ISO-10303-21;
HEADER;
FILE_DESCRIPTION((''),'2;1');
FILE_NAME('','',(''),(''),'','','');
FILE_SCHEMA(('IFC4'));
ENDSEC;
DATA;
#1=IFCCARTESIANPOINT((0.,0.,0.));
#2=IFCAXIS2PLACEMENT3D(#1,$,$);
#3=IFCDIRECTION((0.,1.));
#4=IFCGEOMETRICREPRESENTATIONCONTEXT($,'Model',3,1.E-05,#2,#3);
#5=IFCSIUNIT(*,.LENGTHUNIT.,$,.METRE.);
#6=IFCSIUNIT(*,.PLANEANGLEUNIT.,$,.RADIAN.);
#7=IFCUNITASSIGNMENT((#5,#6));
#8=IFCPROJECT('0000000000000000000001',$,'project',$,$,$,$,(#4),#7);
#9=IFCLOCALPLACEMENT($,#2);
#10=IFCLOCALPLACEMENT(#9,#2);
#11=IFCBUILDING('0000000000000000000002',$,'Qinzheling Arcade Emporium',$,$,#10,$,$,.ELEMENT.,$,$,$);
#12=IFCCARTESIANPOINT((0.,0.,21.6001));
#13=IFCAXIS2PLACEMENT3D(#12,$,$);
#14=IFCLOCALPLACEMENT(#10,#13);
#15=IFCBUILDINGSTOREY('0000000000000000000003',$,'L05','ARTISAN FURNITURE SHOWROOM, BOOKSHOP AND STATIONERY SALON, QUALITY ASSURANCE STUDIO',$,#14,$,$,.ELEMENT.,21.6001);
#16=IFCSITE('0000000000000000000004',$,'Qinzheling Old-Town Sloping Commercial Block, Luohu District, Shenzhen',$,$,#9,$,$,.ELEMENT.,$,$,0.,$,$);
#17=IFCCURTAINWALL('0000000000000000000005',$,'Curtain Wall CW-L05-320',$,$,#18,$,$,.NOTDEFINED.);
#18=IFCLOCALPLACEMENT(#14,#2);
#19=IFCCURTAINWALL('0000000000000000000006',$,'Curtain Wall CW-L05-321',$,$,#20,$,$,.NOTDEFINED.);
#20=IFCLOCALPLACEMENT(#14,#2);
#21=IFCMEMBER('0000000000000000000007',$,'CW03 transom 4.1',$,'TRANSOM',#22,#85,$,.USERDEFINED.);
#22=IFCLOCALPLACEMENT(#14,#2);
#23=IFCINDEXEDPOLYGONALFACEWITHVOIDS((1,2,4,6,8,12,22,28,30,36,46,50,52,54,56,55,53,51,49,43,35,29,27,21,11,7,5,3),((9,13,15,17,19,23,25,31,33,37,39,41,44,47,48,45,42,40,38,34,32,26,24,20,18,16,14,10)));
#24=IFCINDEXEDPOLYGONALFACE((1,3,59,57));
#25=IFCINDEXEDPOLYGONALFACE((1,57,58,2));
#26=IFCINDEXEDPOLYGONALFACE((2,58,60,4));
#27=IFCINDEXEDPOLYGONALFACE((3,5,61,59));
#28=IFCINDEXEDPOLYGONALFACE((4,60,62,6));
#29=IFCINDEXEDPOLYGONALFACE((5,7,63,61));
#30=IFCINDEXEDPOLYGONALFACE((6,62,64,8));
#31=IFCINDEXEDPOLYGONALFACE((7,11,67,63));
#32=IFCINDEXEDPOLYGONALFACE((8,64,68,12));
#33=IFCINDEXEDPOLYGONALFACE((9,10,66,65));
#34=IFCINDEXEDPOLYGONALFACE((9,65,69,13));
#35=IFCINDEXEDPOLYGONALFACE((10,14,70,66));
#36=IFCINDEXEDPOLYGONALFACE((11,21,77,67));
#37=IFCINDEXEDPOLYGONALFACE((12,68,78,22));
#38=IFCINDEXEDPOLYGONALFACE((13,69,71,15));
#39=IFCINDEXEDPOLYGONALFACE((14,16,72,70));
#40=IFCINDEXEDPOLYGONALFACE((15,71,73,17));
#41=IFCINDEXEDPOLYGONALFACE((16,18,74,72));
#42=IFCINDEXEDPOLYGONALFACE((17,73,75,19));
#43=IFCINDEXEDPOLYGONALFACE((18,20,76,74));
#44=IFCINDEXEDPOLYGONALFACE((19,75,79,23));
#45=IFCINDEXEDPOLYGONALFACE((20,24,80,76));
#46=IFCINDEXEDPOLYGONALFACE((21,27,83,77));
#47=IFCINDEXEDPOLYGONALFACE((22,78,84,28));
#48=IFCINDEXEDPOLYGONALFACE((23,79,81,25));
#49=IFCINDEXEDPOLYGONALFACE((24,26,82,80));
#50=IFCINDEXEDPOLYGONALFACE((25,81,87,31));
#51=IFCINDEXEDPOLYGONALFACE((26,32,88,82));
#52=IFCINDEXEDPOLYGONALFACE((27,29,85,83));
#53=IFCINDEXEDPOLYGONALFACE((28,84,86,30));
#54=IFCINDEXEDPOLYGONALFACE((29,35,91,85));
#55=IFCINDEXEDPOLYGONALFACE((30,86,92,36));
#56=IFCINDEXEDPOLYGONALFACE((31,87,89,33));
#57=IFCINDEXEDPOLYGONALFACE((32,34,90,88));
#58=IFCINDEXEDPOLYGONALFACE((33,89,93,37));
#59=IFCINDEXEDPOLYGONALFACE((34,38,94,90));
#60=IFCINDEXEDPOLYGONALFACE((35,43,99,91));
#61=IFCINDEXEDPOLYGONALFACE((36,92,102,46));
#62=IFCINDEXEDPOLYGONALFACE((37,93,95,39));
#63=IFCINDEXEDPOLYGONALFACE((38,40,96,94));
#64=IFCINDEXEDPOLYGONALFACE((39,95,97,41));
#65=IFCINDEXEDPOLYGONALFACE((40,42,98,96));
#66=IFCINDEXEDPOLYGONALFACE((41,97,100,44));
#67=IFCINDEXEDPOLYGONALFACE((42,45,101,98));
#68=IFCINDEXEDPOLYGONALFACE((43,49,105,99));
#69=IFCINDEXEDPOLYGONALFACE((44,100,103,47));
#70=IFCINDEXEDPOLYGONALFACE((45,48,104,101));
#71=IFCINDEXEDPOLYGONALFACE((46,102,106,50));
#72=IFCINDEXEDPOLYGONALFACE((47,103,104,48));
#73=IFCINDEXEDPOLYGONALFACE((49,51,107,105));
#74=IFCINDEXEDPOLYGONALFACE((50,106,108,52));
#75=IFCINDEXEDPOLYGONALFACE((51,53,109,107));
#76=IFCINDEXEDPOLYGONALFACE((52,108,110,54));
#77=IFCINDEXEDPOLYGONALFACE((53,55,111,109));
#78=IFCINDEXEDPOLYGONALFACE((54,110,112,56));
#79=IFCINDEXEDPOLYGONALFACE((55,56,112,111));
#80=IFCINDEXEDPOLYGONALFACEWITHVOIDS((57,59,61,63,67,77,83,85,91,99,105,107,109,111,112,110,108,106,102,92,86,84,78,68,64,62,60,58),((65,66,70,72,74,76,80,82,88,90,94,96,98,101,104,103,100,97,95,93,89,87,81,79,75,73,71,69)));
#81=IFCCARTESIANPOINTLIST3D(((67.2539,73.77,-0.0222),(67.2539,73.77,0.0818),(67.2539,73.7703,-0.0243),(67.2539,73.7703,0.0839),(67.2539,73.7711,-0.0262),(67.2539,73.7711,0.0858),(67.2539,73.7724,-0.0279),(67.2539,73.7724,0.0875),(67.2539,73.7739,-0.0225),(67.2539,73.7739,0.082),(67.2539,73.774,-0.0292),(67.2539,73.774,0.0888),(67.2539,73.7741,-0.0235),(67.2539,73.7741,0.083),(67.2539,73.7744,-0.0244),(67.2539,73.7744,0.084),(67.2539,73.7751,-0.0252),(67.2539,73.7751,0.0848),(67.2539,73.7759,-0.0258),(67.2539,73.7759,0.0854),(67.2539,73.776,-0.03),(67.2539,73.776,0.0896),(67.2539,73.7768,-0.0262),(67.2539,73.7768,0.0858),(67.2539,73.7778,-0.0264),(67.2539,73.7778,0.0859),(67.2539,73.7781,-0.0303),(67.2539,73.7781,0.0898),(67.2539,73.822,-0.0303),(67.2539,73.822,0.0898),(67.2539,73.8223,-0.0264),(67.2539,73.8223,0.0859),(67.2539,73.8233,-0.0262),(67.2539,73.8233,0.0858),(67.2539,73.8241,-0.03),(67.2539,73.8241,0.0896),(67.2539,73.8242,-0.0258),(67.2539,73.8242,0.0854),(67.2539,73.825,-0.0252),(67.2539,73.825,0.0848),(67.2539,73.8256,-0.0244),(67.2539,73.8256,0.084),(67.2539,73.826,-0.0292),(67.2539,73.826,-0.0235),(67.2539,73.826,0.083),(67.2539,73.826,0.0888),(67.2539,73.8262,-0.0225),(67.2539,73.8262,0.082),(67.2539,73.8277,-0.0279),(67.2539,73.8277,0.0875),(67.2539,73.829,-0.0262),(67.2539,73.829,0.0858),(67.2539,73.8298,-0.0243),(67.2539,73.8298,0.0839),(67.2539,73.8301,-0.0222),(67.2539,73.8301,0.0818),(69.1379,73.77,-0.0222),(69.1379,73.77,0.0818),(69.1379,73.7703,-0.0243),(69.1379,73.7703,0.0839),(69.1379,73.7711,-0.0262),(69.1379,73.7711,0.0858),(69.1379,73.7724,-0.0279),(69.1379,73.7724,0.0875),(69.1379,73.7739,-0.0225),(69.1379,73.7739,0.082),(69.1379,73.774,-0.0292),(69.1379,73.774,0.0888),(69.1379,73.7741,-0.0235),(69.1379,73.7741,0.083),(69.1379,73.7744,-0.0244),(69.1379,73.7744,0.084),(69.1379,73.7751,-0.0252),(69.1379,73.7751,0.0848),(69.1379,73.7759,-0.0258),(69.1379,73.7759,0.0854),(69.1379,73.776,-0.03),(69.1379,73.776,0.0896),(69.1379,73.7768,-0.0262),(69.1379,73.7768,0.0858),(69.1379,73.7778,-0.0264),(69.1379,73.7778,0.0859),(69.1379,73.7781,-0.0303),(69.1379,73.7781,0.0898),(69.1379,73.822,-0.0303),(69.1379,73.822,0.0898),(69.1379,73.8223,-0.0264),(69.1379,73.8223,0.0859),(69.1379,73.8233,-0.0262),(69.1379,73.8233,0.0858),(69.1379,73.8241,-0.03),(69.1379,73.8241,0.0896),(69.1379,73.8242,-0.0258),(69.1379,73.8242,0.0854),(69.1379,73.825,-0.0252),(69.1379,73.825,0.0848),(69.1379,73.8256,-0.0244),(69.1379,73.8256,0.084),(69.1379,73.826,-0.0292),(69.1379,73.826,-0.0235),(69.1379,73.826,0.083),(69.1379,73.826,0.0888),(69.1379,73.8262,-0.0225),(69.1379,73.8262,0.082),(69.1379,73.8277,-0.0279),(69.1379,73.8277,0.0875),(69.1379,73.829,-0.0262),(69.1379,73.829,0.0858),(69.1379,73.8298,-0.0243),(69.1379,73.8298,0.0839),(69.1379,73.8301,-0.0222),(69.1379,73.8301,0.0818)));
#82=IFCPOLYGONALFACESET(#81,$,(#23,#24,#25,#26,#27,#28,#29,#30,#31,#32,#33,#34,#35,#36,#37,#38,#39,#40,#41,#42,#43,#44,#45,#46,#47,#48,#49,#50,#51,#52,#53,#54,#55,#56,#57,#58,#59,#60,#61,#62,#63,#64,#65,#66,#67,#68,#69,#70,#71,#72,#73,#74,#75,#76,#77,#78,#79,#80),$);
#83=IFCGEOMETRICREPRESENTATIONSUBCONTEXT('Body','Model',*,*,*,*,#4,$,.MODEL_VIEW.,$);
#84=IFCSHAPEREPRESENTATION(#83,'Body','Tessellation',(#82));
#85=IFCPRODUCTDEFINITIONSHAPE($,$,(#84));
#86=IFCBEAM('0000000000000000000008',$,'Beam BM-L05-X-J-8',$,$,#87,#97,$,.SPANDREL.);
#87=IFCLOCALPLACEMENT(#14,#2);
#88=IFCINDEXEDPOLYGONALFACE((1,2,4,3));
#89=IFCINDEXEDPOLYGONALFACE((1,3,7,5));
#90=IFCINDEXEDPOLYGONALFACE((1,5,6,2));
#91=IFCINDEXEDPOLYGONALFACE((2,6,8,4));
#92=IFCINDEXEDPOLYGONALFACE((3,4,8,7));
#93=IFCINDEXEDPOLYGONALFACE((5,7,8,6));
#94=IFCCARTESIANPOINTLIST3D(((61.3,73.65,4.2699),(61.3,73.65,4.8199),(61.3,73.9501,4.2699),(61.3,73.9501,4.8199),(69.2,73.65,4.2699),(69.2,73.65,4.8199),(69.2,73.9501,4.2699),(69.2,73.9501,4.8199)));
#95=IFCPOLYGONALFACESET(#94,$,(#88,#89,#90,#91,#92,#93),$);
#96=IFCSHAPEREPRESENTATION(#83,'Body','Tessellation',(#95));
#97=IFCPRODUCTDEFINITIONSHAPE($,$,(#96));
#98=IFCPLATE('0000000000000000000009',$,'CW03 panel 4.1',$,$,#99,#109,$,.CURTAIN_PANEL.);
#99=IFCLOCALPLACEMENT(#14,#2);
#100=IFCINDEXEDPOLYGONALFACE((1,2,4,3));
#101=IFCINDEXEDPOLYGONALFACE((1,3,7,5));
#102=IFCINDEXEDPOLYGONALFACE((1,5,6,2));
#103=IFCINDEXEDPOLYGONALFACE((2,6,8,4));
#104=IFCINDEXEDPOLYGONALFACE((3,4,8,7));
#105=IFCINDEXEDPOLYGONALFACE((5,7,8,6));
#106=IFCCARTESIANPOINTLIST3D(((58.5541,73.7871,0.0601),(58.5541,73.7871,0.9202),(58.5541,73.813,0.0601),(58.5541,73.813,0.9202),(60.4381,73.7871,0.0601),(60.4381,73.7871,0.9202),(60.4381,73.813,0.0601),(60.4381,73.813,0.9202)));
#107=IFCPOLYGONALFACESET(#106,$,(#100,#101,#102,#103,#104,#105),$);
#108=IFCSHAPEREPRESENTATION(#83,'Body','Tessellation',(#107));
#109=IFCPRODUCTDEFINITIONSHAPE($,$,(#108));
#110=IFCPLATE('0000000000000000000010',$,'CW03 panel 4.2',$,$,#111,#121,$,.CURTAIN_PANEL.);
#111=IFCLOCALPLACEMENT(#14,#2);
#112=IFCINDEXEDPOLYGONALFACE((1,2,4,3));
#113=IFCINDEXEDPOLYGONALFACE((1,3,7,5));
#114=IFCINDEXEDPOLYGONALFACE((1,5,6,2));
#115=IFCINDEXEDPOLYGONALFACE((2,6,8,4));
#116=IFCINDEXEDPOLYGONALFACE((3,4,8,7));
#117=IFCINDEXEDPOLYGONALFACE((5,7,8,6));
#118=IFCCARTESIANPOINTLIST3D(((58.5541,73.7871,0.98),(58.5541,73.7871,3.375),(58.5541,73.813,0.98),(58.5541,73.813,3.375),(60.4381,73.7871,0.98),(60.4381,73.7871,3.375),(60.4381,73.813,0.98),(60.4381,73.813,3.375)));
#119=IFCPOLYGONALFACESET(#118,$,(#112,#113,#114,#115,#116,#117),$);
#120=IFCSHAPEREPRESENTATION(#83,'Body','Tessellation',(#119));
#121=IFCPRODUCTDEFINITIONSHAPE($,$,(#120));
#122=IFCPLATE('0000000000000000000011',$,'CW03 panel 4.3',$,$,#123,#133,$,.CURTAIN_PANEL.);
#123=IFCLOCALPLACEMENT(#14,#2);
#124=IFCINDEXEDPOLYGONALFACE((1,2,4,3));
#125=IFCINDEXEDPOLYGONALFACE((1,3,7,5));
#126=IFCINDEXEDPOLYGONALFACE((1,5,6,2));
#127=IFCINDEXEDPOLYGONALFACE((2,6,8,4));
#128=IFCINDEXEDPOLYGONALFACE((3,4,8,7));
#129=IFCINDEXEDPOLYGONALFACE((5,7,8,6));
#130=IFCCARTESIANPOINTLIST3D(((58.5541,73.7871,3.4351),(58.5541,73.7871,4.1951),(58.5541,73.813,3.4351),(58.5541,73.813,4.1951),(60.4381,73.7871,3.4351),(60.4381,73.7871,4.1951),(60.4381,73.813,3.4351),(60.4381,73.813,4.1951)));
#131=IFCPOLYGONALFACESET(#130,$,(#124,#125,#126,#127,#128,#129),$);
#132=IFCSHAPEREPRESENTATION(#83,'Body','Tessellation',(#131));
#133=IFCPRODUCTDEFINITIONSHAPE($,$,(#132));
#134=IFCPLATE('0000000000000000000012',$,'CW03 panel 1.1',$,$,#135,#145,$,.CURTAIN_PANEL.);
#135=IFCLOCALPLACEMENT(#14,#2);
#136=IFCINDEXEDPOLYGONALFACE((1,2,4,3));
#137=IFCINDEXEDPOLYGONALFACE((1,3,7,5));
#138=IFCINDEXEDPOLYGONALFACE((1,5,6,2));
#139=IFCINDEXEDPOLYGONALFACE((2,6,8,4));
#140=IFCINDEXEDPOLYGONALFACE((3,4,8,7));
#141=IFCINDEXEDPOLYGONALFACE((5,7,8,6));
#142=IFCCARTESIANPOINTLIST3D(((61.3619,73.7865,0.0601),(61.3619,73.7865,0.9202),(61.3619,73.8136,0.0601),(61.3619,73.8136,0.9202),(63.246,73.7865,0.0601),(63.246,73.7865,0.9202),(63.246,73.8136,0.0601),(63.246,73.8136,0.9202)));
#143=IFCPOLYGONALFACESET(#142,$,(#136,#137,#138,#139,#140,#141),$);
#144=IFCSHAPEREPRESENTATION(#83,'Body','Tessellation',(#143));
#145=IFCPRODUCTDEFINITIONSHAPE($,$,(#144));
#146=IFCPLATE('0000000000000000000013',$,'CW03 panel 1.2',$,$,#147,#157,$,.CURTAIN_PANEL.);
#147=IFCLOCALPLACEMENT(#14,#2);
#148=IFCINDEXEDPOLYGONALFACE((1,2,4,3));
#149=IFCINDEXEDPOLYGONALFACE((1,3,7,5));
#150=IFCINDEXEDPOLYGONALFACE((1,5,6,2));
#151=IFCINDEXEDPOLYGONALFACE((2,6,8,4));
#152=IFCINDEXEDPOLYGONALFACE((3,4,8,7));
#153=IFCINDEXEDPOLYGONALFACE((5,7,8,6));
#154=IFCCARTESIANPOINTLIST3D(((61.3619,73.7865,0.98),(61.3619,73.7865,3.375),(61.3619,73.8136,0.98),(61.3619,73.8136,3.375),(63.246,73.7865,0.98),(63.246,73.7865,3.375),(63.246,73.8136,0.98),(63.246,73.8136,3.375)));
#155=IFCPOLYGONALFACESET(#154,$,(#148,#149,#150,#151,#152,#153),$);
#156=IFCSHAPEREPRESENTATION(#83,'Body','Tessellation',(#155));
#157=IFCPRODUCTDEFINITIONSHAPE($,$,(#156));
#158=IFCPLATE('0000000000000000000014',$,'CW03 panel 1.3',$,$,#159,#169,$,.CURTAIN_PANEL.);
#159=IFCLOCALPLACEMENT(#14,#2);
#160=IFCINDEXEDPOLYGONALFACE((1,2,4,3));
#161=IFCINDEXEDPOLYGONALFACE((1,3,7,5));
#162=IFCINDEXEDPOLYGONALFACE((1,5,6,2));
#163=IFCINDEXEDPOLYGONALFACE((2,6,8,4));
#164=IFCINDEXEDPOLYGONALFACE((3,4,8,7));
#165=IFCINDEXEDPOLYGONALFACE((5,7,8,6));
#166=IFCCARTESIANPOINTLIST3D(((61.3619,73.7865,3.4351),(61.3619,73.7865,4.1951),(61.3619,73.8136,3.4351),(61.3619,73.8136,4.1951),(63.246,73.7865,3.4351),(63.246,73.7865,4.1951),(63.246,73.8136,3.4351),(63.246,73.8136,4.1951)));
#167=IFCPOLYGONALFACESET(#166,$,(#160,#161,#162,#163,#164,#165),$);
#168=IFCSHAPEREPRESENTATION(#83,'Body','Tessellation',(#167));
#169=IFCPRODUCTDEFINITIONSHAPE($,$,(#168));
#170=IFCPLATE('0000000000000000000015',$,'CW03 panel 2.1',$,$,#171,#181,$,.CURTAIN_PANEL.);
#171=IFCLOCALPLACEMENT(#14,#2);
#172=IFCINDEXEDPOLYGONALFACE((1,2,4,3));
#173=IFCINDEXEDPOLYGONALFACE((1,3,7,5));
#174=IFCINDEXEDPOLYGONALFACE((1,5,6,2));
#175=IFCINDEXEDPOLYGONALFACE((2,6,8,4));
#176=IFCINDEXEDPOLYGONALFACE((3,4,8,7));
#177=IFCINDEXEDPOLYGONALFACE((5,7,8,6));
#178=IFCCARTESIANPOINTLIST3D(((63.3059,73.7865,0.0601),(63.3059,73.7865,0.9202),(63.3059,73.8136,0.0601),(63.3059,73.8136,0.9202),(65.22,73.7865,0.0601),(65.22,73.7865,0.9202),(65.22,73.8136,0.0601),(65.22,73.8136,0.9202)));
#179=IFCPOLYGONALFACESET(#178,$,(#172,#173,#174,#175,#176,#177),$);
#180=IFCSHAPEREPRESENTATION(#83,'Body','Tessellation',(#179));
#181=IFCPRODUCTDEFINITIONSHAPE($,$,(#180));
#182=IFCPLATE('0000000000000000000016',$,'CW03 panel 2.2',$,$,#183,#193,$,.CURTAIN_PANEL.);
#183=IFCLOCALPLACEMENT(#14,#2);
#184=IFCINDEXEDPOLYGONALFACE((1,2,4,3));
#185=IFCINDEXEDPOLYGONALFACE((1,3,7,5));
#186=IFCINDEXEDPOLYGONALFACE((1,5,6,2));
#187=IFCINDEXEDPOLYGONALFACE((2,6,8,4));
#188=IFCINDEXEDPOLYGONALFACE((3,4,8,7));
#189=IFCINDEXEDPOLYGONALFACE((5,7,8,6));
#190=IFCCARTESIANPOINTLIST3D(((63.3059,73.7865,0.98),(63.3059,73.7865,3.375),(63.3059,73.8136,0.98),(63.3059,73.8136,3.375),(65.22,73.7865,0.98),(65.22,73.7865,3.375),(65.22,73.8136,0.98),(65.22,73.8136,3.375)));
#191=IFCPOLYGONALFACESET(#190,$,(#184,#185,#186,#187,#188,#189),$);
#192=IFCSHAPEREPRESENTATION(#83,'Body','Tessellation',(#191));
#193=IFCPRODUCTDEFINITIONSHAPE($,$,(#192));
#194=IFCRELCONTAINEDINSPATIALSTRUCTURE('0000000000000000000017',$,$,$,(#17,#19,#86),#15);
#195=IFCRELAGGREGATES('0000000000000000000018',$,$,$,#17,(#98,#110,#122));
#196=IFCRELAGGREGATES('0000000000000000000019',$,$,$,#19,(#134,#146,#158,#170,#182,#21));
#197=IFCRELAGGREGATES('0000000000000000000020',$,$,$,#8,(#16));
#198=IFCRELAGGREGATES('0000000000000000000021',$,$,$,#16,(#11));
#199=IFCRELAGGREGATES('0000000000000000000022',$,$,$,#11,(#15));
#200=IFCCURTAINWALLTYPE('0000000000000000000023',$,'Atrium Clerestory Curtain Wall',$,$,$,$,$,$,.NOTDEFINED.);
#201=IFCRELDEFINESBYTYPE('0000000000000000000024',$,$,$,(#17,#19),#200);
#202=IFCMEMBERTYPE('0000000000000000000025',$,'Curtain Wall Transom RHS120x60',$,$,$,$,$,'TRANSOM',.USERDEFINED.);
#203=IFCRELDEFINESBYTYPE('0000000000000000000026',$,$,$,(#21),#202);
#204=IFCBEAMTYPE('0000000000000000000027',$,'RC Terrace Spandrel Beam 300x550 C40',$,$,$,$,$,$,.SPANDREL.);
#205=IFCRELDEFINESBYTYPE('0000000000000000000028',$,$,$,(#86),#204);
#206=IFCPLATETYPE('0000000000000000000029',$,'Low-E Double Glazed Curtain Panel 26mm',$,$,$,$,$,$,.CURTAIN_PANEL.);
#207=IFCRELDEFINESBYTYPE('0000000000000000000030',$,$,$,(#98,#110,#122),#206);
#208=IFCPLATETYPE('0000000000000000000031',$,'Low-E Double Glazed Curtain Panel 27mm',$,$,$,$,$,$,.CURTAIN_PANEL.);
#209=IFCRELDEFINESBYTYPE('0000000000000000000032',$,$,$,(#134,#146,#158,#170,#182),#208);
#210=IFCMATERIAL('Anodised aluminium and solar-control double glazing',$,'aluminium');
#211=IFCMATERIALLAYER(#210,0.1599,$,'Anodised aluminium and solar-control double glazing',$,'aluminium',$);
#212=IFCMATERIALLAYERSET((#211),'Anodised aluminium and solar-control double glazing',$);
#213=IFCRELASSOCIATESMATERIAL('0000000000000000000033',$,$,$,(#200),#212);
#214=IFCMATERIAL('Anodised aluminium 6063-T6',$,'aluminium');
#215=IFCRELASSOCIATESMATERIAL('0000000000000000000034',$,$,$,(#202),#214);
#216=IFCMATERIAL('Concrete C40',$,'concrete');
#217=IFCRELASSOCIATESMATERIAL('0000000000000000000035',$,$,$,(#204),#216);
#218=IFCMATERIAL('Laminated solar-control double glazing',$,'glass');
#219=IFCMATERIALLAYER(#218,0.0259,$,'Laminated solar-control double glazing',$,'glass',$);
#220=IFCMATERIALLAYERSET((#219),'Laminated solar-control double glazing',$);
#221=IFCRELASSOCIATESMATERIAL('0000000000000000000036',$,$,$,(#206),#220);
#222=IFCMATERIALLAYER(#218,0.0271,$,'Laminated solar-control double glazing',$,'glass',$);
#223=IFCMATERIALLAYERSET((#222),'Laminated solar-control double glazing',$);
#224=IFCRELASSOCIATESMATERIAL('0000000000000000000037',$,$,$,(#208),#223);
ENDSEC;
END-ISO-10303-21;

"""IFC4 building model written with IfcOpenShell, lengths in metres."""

from ifc_helpers import new_model, si_unit, direction, frame, origin, origin_2d, place, context, subcontext, project, spatial, rectangle, hollow_rectangle, extrude, material, layer, layer_set, material_profile, profile_set, type_object, element, aggregate, save


model = new_model("IFC4")

# Units and contexts
model_context = context("Model", 3, precision=1e-05, world=origin(), true_north=direction((0.0, 1.0)))
body_context = subcontext(model_context, "Body", "Model", "MODEL_VIEW")
ifc_project = project(units=[si_unit("LENGTHUNIT", "METRE"), si_unit("PLANEANGLEUNIT", "RADIAN")], contexts=[model_context])

# Site, building, storey
site_placement = place(None, origin())
site = spatial("IfcSite", under=ifc_project, at=site_placement, Name="Qinzheling Old-Town Sloping Commercial Block, Luohu District, Shenzhen", CompositionType="ELEMENT", RefElevation=0.0)
building_placement = place(site_placement, origin())
building = spatial("IfcBuilding", under=site, at=building_placement, Name="Qinzheling Arcade Emporium", CompositionType="ELEMENT")
storey_placement = place(building_placement, frame((0.0, 0.0, 21.6001)))
storey = spatial("IfcBuildingStorey", under=building, at=storey_placement, Name="L05", Description="ARTISAN FURNITURE SHOWROOM, BOOKSHOP AND STATIONERY SALON, QUALITY ASSURANCE STUDIO", CompositionType="ELEMENT", Elevation=21.6001)

# Shared definitions
ifc_material_1 = material(Name="Concrete C40", Category="concrete")

# Curtain wall
ifc_material_2 = material(Name="Anodised aluminium and solar-control double glazing", Category="aluminium")
ifc_layer_1 = layer(ifc_material_2, 0.1599, Name="Anodised aluminium and solar-control double glazing", Category="aluminium")
ifc_layer_set_1 = layer_set([ifc_layer_1], Name="Anodised aluminium and solar-control double glazing")
curtain_wall_type = type_object("IfcCurtainWallType", Name="Atrium Clerestory Curtain Wall", PredefinedType="NOTDEFINED", material=ifc_layer_set_1)
curtain_wall_1_placement = place(storey_placement, origin())
curtain_wall_1 = element("IfcCurtainWall", 1, at=curtain_wall_1_placement, inside=storey, type_object=curtain_wall_type, Name="Curtain Wall CW-L05-320", PredefinedType="NOTDEFINED")
ifc_material_3 = material(Name="Anodised aluminium 6063-T6", Category="aluminium")

# Curtain wall
curtain_wall_2_placement = place(storey_placement, origin())
curtain_wall_2 = element("IfcCurtainWall", 2, at=curtain_wall_2_placement, inside=storey, type_object=curtain_wall_type, Name="Curtain Wall CW-L05-321", PredefinedType="NOTDEFINED")

# Member
ifc_material_profile_1 = material_profile(ifc_material_3, hollow_rectangle(XDim=0.0601, YDim=0.1201, WallThickness=0.0039, InnerFilletRadius=0.0039, OuterFilletRadius=0.0081, at=origin_2d()), Name="RHS 120x60x4", Category="aluminium")
ifc_profile_set_1 = profile_set([ifc_material_profile_1], Name="Anodised aluminium 6063-T6")
member_type_1 = type_object("IfcMemberType", Name="Curtain Wall Transom RHS120x60", ElementType="TRANSOM", PredefinedType="USERDEFINED", material=ifc_profile_set_1)
member_1_placement = place(storey_placement, frame((67.2539, 73.8, 0.0298), z_axis=(1.0, 0.0, 0.0), x_axis=(0.0, 1.0, 0.0)))
member_1 = element("IfcMember", 3, at=member_1_placement, type_object=member_type_1, Name="CW03 transom 4.1", ObjectType="TRANSOM", PredefinedType="USERDEFINED", context=body_context, shape_type="SweptSolid", body=[
    extrude(hollow_rectangle(XDim=0.0601, YDim=0.1201, WallThickness=0.0039, InnerFilletRadius=0.0039, OuterFilletRadius=0.0081, at=origin_2d()), origin(), (0.0, 0.0, 1.0), 1.884),
])

# Beam
ifc_material_profile_2 = material_profile(ifc_material_1, rectangle(XDim=0.3, YDim=0.55, at=origin_2d()), Name="RC 300x550", Category="concrete")
ifc_profile_set_2 = profile_set([ifc_material_profile_2], Name="Concrete C40")
beam_type = type_object("IfcBeamType", Name="RC Terrace Spandrel Beam 300x550 C40", PredefinedType="SPANDREL", material=ifc_profile_set_2)
beam_placement = place(storey_placement, frame((61.3, 73.8, 4.5449), z_axis=(1.0, 0.0, 0.0), x_axis=(0.0, 1.0, 0.0)))
element("IfcBeam", 4, at=beam_placement, inside=storey, type_object=beam_type, Name="Beam BM-L05-X-J-8", PredefinedType="SPANDREL", context=body_context, shape_type="SweptSolid", body=[
    extrude(rectangle(XDim=0.3, YDim=0.55, at=origin_2d()), origin(), (0.0, 0.0, 1.0), 7.8999),
])

# Plates
ifc_material_4 = material(Name="Laminated solar-control double glazing", Category="glass")
ifc_layer_2 = layer(ifc_material_4, 0.0259, Name="Laminated solar-control double glazing", Category="glass")
ifc_layer_set_2 = layer_set([ifc_layer_2], Name="Laminated solar-control double glazing")
plate_type_1 = type_object("IfcPlateType", Name="Low-E Double Glazed Curtain Panel 26mm", PredefinedType="CURTAIN_PANEL", material=ifc_layer_set_2)
plate_1_placement = place(storey_placement, frame((59.4961, 73.8, 0.0601), z_axis=(0.0, 0.0, 1.0), x_axis=(1.0, 0.0, 0.0)))
plate_1 = element("IfcPlate", 5, at=plate_1_placement, type_object=plate_type_1, Name="CW03 panel 4.1", PredefinedType="CURTAIN_PANEL", context=body_context, shape_type="SweptSolid", body=[
    extrude(rectangle(XDim=1.884, YDim=0.0259, at=origin_2d()), origin(), (0.0, 0.0, 1.0), 0.8601),
])
plate_2_placement = place(storey_placement, frame((59.4961, 73.8, 0.98), z_axis=(0.0, 0.0, 1.0), x_axis=(1.0, 0.0, 0.0)))
plate_2 = element("IfcPlate", 6, at=plate_2_placement, type_object=plate_type_1, Name="CW03 panel 4.2", PredefinedType="CURTAIN_PANEL", context=body_context, shape_type="SweptSolid", body=[
    extrude(rectangle(XDim=1.884, YDim=0.0259, at=origin_2d()), origin(), (0.0, 0.0, 1.0), 2.395),
])
plate_3_placement = place(storey_placement, frame((59.4961, 73.8, 3.4351), z_axis=(0.0, 0.0, 1.0), x_axis=(1.0, 0.0, 0.0)))
plate_3 = element("IfcPlate", 7, at=plate_3_placement, type_object=plate_type_1, Name="CW03 panel 4.3", PredefinedType="CURTAIN_PANEL", context=body_context, shape_type="SweptSolid", body=[
    extrude(rectangle(XDim=1.884, YDim=0.0259, at=origin_2d()), origin(), (0.0, 0.0, 1.0), 0.76),
])
aggregate(curtain_wall_1, [plate_1, plate_2, plate_3])
ifc_layer_3 = layer(ifc_material_4, 0.0271, Name="Laminated solar-control double glazing", Category="glass")
ifc_layer_set_3 = layer_set([ifc_layer_3], Name="Laminated solar-control double glazing")
plate_type_2 = type_object("IfcPlateType", Name="Low-E Double Glazed Curtain Panel 27mm", PredefinedType="CURTAIN_PANEL", material=ifc_layer_set_3)
plate_4_placement = place(storey_placement, frame((62.304, 73.8, 0.0601), z_axis=(0.0, 0.0, 1.0), x_axis=(1.0, 0.0, 0.0)))
plate_4 = element("IfcPlate", 8, at=plate_4_placement, type_object=plate_type_2, Name="CW03 panel 1.1", PredefinedType="CURTAIN_PANEL", context=body_context, shape_type="SweptSolid", body=[
    extrude(rectangle(XDim=1.884, YDim=0.0271, at=origin_2d()), origin(), (0.0, 0.0, 1.0), 0.8601),
])
plate_5_placement = place(storey_placement, frame((62.304, 73.8, 0.98), z_axis=(0.0, 0.0, 1.0), x_axis=(1.0, 0.0, 0.0)))
plate_5 = element("IfcPlate", 9, at=plate_5_placement, type_object=plate_type_2, Name="CW03 panel 1.2", PredefinedType="CURTAIN_PANEL", context=body_context, shape_type="SweptSolid", body=[
    extrude(rectangle(XDim=1.884, YDim=0.0271, at=origin_2d()), origin(), (0.0, 0.0, 1.0), 2.395),
])
plate_6_placement = place(storey_placement, frame((62.304, 73.8, 3.4351), z_axis=(0.0, 0.0, 1.0), x_axis=(1.0, 0.0, 0.0)))
plate_6 = element("IfcPlate", 10, at=plate_6_placement, type_object=plate_type_2, Name="CW03 panel 1.3", PredefinedType="CURTAIN_PANEL", context=body_context, shape_type="SweptSolid", body=[
    extrude(rectangle(XDim=1.884, YDim=0.0271, at=origin_2d()), origin(), (0.0, 0.0, 1.0), 0.76),
])
plate_7_placement = place(storey_placement, frame((64.2629, 73.8, 0.0601), z_axis=(0.0, 0.0, 1.0), x_axis=(1.0, 0.0, 0.0)))
plate_7 = element("IfcPlate", 11, at=plate_7_placement, type_object=plate_type_2, Name="CW03 panel 2.1", PredefinedType="CURTAIN_PANEL", context=body_context, shape_type="SweptSolid", body=[
    extrude(rectangle(XDim=1.9141, YDim=0.0271, at=origin_2d()), origin(), (0.0, 0.0, 1.0), 0.8601),
])
plate_8_placement = place(storey_placement, frame((64.2629, 73.8, 0.98), z_axis=(0.0, 0.0, 1.0), x_axis=(1.0, 0.0, 0.0)))
plate_8 = element("IfcPlate", 12, at=plate_8_placement, type_object=plate_type_2, Name="CW03 panel 2.2", PredefinedType="CURTAIN_PANEL", context=body_context, shape_type="SweptSolid", body=[
    extrude(rectangle(XDim=1.9141, YDim=0.0271, at=origin_2d()), origin(), (0.0, 0.0, 1.0), 2.395),
])
aggregate(curtain_wall_2, [plate_4, plate_5, plate_6, plate_7, plate_8, member_1])

save(model, "model.ifc")
